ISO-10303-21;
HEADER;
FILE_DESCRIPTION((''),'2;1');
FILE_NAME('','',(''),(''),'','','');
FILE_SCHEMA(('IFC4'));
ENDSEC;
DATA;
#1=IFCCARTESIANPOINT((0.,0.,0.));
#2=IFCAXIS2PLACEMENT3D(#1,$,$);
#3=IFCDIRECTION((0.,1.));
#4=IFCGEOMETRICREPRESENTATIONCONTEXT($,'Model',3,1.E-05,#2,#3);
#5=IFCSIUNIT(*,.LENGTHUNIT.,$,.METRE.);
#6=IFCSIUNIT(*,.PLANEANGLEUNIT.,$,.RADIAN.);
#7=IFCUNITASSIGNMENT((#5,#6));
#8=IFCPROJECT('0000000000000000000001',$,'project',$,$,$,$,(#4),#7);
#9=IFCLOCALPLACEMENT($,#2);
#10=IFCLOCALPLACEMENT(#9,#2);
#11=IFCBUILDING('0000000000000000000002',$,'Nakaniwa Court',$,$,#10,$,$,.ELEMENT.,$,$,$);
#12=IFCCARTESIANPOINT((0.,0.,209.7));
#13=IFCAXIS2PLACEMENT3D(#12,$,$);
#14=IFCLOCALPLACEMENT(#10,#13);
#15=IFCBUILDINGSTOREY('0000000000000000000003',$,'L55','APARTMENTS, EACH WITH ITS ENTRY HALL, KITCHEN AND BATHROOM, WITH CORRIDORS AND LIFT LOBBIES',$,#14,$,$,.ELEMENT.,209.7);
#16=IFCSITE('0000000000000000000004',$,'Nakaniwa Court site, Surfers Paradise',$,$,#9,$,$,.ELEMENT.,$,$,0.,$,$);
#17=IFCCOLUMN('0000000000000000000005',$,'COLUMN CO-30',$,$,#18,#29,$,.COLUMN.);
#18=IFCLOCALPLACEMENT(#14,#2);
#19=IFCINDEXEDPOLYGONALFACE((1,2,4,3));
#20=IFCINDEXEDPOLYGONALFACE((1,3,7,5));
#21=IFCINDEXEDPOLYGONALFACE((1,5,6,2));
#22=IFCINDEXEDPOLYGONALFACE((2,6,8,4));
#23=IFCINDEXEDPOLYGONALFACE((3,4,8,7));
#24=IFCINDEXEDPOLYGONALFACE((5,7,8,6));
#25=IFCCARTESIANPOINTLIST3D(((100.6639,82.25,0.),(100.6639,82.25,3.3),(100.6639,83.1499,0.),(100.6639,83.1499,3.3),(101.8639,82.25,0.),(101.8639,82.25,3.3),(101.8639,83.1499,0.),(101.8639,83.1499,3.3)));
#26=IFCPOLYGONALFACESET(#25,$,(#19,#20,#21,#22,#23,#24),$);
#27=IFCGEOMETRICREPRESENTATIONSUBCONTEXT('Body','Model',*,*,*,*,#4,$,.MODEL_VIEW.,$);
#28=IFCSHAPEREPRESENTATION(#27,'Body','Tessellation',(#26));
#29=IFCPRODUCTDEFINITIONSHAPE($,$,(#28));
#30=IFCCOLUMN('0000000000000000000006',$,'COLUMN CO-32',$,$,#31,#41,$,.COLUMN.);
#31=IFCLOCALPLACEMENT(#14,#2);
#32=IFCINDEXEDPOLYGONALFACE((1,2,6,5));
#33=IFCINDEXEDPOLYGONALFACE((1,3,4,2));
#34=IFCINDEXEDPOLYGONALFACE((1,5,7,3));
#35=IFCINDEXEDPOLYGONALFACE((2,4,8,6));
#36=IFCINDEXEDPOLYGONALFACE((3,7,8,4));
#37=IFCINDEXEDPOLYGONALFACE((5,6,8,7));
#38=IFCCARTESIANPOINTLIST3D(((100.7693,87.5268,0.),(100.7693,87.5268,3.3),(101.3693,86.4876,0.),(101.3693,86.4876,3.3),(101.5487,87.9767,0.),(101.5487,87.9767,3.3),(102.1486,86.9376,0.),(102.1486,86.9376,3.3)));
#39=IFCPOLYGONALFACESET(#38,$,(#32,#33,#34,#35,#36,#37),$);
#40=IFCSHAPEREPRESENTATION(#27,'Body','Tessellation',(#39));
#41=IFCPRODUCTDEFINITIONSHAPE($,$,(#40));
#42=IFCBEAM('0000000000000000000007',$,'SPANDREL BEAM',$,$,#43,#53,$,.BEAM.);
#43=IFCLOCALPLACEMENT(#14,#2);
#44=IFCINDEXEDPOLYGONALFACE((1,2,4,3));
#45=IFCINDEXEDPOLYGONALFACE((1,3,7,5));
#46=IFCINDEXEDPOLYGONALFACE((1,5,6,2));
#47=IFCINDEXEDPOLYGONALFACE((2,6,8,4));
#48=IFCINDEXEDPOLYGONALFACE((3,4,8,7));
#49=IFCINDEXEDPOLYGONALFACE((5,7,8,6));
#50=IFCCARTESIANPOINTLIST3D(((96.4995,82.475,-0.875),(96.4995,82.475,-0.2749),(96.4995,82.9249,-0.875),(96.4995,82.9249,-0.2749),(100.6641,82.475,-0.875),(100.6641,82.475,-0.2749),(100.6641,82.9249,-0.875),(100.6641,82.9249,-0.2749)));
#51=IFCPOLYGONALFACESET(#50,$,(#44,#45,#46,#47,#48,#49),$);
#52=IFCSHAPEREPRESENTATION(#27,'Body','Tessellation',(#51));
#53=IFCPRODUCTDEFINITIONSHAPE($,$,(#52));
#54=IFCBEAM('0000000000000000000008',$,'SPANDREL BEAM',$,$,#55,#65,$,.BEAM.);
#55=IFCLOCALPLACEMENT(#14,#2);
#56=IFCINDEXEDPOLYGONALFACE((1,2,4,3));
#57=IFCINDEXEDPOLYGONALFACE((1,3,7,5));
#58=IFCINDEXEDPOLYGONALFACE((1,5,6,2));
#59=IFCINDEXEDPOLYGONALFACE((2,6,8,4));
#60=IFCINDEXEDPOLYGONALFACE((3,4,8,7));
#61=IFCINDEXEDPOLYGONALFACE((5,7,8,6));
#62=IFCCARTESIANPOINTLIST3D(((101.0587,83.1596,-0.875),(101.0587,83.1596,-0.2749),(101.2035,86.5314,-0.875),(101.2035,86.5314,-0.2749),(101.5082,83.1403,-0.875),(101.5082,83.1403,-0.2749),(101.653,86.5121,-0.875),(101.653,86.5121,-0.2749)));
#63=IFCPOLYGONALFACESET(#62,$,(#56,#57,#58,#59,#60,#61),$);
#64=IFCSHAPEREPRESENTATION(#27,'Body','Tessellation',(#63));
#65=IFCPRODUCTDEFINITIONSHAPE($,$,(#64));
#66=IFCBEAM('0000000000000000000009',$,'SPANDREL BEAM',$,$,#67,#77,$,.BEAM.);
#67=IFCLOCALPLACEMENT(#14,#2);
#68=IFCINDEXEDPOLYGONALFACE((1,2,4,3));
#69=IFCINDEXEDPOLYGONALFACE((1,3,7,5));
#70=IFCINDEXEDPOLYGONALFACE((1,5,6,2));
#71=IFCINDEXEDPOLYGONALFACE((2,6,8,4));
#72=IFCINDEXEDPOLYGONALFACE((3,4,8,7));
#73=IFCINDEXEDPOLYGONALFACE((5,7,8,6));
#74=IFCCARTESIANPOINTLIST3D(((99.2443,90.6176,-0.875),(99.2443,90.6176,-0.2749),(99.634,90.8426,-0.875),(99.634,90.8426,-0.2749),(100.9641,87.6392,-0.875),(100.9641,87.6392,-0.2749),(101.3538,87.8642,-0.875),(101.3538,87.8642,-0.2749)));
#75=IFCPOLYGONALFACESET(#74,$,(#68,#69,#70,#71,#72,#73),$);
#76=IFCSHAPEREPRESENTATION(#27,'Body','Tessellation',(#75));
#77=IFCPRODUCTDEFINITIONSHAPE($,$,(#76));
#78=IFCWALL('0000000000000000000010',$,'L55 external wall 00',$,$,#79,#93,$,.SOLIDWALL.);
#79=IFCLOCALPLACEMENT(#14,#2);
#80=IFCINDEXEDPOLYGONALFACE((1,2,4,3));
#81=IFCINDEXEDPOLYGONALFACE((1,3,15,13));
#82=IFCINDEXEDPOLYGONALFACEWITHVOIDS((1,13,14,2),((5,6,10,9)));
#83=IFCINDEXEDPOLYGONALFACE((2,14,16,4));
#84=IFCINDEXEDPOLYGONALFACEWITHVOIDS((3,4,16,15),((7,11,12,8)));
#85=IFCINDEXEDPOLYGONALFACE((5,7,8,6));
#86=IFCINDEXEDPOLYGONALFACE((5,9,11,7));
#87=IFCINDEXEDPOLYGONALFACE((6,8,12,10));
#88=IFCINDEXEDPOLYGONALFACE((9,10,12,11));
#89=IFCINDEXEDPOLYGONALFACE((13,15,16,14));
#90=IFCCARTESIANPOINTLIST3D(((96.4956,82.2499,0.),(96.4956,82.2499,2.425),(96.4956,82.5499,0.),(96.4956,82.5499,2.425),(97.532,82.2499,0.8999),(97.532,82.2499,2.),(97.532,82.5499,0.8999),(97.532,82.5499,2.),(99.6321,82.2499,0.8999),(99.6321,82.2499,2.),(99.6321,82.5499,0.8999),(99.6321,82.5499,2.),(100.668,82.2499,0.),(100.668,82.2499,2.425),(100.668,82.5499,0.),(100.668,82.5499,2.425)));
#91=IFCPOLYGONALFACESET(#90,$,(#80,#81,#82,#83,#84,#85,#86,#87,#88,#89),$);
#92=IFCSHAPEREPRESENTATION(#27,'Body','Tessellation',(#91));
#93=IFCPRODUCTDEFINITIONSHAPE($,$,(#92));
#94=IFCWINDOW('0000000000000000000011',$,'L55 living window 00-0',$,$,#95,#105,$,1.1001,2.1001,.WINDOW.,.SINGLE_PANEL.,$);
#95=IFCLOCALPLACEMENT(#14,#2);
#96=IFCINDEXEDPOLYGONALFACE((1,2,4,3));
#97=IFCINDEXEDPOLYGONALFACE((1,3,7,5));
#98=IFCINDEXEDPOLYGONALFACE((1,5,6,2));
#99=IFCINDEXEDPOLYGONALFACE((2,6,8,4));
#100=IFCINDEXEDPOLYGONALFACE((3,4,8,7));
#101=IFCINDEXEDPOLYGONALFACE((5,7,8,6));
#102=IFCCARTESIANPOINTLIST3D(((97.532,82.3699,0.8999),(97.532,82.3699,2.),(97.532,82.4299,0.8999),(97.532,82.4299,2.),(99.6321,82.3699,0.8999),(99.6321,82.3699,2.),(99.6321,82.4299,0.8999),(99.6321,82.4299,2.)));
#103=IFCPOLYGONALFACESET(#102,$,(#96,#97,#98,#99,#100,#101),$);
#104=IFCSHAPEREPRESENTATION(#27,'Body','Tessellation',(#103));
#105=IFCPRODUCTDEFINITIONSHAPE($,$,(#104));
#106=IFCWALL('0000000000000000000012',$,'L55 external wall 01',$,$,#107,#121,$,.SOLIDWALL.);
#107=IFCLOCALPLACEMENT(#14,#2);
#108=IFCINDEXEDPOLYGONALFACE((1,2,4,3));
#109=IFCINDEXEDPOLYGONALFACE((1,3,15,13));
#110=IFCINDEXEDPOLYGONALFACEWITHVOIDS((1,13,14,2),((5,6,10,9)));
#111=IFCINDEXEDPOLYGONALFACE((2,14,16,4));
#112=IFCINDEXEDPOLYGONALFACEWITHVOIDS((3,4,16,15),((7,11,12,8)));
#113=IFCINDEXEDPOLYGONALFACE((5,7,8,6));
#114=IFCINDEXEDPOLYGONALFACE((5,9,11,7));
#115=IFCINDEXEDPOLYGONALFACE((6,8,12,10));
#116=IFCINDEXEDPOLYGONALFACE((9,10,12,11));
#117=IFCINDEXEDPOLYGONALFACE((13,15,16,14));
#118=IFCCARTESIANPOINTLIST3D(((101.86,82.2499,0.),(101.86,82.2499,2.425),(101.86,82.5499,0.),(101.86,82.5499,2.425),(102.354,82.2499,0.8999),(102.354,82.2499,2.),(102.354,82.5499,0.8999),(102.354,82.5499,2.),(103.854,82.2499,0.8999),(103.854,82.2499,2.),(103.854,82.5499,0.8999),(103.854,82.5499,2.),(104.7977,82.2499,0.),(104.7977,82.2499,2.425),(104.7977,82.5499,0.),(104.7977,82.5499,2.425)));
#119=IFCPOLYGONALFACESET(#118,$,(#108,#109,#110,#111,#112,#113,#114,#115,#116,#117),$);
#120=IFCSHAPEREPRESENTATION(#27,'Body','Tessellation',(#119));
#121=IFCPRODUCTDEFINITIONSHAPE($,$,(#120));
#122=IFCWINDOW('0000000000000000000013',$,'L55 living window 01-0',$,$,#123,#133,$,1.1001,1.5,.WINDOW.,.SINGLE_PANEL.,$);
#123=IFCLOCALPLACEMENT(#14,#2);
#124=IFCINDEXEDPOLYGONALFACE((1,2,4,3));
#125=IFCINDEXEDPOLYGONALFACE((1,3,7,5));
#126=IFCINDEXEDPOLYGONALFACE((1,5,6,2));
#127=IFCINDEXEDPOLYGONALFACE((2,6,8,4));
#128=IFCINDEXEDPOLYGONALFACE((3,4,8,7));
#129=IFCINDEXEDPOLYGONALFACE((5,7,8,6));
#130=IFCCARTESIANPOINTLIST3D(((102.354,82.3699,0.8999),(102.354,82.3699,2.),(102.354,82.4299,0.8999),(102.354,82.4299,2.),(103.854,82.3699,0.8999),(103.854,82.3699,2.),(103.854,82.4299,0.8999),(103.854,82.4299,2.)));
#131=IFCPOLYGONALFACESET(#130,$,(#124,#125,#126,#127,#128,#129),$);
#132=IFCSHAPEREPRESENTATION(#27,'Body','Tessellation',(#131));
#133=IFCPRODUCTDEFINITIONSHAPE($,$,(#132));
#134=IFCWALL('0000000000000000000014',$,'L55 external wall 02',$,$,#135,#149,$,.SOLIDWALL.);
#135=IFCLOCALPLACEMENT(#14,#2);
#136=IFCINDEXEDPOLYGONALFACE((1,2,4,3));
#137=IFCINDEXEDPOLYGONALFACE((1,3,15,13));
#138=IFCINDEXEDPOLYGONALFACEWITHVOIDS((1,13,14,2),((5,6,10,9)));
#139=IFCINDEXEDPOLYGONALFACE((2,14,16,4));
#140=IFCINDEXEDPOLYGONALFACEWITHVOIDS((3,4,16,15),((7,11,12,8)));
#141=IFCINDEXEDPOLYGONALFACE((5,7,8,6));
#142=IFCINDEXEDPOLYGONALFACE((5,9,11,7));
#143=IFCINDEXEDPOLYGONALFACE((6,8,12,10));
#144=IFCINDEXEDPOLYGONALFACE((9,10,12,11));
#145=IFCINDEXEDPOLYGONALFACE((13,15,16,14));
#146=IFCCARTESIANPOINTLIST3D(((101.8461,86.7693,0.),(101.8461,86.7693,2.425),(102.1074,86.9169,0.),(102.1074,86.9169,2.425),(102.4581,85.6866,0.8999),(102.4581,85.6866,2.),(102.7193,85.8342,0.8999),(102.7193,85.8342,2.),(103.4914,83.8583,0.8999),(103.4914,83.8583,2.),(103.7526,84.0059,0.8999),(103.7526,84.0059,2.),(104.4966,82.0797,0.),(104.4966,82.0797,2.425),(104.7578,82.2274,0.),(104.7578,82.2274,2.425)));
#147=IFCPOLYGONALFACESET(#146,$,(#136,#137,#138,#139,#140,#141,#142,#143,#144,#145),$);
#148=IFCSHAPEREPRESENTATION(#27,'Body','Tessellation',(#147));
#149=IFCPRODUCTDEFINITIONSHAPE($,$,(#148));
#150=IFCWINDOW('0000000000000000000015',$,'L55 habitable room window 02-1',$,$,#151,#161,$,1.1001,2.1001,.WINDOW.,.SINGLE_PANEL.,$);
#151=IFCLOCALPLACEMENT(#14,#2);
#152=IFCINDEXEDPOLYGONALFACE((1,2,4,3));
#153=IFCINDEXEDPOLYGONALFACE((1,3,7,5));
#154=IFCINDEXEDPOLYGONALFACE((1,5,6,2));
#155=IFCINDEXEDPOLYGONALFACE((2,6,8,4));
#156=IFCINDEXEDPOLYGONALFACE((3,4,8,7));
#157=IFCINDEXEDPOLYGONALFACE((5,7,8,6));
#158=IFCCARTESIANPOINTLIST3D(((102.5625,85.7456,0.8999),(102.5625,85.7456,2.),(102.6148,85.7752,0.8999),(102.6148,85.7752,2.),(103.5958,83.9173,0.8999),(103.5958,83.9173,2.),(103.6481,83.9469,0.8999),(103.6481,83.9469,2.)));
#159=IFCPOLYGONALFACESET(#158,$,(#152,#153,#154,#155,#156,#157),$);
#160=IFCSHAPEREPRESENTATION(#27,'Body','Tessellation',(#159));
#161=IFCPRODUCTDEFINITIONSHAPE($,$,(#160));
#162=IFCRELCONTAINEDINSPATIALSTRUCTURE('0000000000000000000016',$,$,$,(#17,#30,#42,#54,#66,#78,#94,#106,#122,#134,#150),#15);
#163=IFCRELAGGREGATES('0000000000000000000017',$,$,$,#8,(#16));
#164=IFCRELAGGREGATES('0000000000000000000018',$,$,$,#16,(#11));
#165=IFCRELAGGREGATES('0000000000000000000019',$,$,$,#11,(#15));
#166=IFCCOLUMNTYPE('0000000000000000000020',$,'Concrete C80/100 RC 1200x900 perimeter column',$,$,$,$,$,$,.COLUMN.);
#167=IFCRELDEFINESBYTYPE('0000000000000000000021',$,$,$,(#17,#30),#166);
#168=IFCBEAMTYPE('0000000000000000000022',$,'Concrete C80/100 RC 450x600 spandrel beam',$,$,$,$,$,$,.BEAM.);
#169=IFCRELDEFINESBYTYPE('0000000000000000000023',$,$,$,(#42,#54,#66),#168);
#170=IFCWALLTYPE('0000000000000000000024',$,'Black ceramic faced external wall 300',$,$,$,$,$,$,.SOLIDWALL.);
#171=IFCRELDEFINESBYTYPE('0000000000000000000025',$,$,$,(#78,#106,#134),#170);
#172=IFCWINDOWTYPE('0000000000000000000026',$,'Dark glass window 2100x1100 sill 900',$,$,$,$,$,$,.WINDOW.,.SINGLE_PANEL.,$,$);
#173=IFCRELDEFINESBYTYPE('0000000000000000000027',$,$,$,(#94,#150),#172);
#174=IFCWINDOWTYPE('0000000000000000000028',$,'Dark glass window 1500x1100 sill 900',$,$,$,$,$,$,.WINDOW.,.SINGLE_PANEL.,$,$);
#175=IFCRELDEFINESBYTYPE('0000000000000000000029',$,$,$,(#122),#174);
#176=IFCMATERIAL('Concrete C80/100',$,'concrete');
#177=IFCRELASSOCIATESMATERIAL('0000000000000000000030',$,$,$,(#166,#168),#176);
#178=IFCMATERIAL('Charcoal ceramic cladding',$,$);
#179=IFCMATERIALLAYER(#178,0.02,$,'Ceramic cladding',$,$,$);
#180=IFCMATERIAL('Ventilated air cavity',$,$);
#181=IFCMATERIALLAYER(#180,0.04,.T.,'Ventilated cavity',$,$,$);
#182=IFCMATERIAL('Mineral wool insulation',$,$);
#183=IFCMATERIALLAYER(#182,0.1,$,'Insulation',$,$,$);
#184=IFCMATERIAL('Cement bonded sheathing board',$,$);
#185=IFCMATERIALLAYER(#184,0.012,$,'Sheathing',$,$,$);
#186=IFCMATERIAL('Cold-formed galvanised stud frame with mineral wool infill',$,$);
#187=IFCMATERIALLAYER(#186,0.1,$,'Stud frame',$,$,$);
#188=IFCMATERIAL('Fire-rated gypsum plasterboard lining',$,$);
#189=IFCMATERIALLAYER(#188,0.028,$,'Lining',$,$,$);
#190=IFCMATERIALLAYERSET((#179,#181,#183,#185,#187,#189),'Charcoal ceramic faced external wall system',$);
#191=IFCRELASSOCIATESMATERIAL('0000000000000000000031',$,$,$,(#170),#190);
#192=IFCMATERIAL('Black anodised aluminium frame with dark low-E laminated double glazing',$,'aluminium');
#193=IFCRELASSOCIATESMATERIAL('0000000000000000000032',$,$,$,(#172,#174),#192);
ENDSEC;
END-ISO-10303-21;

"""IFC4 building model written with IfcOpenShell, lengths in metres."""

from ifc_helpers import new_model, si_unit, direction, frame, frame_2d, origin, origin_2d, place, context, subcontext, project, spatial, rectangle, extrude, material, layer, layer_set, material_profile, profile_set, type_object, element, fill, save


model = new_model("IFC4")

# Units and contexts
model_context = context("Model", 3, precision=1e-05, world=origin(), true_north=direction((0.0, 1.0)))
body_context = subcontext(model_context, "Body", "Model", "MODEL_VIEW")
ifc_project = project(units=[si_unit("LENGTHUNIT", "METRE"), si_unit("PLANEANGLEUNIT", "RADIAN")], contexts=[model_context])

# Site, building, storey
site_placement = place(None, origin())
site = spatial("IfcSite", under=ifc_project, at=site_placement, Name="Nakaniwa Court site, Surfers Paradise", CompositionType="ELEMENT", RefElevation=0.0)
building_placement = place(site_placement, origin())
building = spatial("IfcBuilding", under=site, at=building_placement, Name="Nakaniwa Court", CompositionType="ELEMENT")
storey_placement = place(building_placement, frame((0.0, 0.0, 209.7)))
storey = spatial("IfcBuildingStorey", under=building, at=storey_placement, Name="L55", Description="APARTMENTS, EACH WITH ITS ENTRY HALL, KITCHEN AND BATHROOM, WITH CORRIDORS AND LIFT LOBBIES", CompositionType="ELEMENT", Elevation=209.7)

# Columns
ifc_material_1 = material(Name="Concrete C80/100", Category="concrete")
ifc_material_profile_1 = material_profile(ifc_material_1, rectangle(XDim=1.2, YDim=0.8999, at=origin_2d()), Name="Concrete C80/100 RC 1200x900 perimeter column")
ifc_profile_set_1 = profile_set([ifc_material_profile_1], Name="Concrete C80/100")
column_type = type_object("IfcColumnType", Name="Concrete C80/100 RC 1200x900 perimeter column", PredefinedType="COLUMN", material=ifc_profile_set_1)
for number, where, z_axis, x_axis, name in (
    (1, (101.2639, 82.7, 0.0), (0.0, 0.0, 1.0), (1.0, 0.0, 0.0), "COLUMN CO-30"),
    (2, (101.459, 87.2322, 0.0), (0.0, 0.0, 1.0), (-0.5, 0.866025, 0.0), "COLUMN CO-32"),
):
    element("IfcColumn", number, at=place(storey_placement, frame(where, z_axis=z_axis, x_axis=x_axis)), inside=storey, type_object=column_type, Name=name, PredefinedType="COLUMN", context=body_context, shape_type="SweptSolid", body=[
        extrude(rectangle(XDim=1.2, YDim=0.8999, at=origin_2d()), origin(), (0.0, 0.0, 1.0), 3.3),
    ])

# Beams
ifc_material_profile_2 = material_profile(ifc_material_1, rectangle(XDim=0.45, YDim=0.6001, at=origin_2d()), Name="Concrete C80/100 RC 450x600 spandrel beam")
ifc_profile_set_2 = profile_set([ifc_material_profile_2], Name="Concrete C80/100")
beam_type = type_object("IfcBeamType", Name="Concrete C80/100 RC 450x600 spandrel beam", PredefinedType="BEAM", material=ifc_profile_set_2)
beam_1_placement = place(storey_placement, frame((96.4995, 82.7, -0.575), z_axis=(1.0, 0.0, 0.0), x_axis=(0.0, 1.0, 0.0)))
element("IfcBeam", 3, at=beam_1_placement, inside=storey, type_object=beam_type, Name="SPANDREL BEAM", PredefinedType="BEAM", context=body_context, shape_type="SweptSolid", body=[
    extrude(rectangle(XDim=0.45, YDim=0.6001, at=origin_2d()), origin(), (0.0, 0.0, 1.0), 4.1646),
])
beam_2_placement = place(storey_placement, frame((101.2834, 83.1499, -0.575), z_axis=(0.042897, 0.999079, 0.0), x_axis=(-0.999079, 0.042897, 0.0)))
element("IfcBeam", 4, at=beam_2_placement, inside=storey, type_object=beam_type, Name="SPANDREL BEAM", PredefinedType="BEAM", context=body_context, shape_type="SweptSolid", body=[
    extrude(rectangle(XDim=0.45, YDim=0.6001, at=origin_2d()), origin(), (0.0, 0.0, 1.0), 3.375),
])
beam_3_placement = place(storey_placement, frame((101.1589, 87.7517, -0.575), z_axis=(-0.500048, 0.865998, 0.0), x_axis=(-0.865998, -0.500048, 0.0)))
element("IfcBeam", 5, at=beam_3_placement, inside=storey, type_object=beam_type, Name="SPANDREL BEAM", PredefinedType="BEAM", context=body_context, shape_type="SweptSolid", body=[
    extrude(rectangle(XDim=0.45, YDim=0.6001, at=origin_2d()), origin(), (0.0, 0.0, 1.0), 3.4392),
])

# Walls, openings, windows
ifc_material_2 = material(Name="Charcoal ceramic cladding")
ifc_layer_1 = layer(ifc_material_2, 0.02, Name="Ceramic cladding")
ifc_material_3 = material(Name="Ventilated air cavity")
ifc_layer_2 = layer(ifc_material_3, 0.04, ventilated=True, Name="Ventilated cavity")
ifc_material_4 = material(Name="Mineral wool insulation")
ifc_layer_3 = layer(ifc_material_4, 0.1, Name="Insulation")
ifc_material_5 = material(Name="Cement bonded sheathing board")
ifc_layer_4 = layer(ifc_material_5, 0.012, Name="Sheathing")
ifc_material_6 = material(Name="Cold-formed galvanised stud frame with mineral wool infill")
ifc_layer_5 = layer(ifc_material_6, 0.1, Name="Stud frame")
ifc_material_7 = material(Name="Fire-rated gypsum plasterboard lining")
ifc_layer_6 = layer(ifc_material_7, 0.028, Name="Lining")
ifc_layer_set_1 = layer_set([ifc_layer_1, ifc_layer_2, ifc_layer_3, ifc_layer_4, ifc_layer_5, ifc_layer_6], Name="Charcoal ceramic faced external wall system")
wall_type_1 = type_object("IfcWallType", Name="Black ceramic faced external wall 300", PredefinedType="SOLIDWALL", material=ifc_layer_set_1)
wall_1_placement = place(storey_placement, frame((96.4956, 82.3999, 0.0), z_axis=(0.0, 0.0, 1.0), x_axis=(1.0, 0.0, 0.0)))
wall_1 = element("IfcWall", 6, at=wall_1_placement, inside=storey, type_object=wall_type_1, Name="L55 external wall 00", PredefinedType="SOLIDWALL", context=body_context, shape_type="SweptSolid", body=[
    extrude(rectangle(XDim=4.1724, YDim=0.3, at=frame_2d((2.0862, 0.0))), origin(), (0.0, 0.0, 1.0), 2.425),
])
opening_1_placement = place(wall_1_placement, frame((1.0364, 0.0, 0.8999)))
opening_1 = element("IfcOpeningElement", 7, at=opening_1_placement, cuts=wall_1, PredefinedType="OPENING", context=body_context, shape_type="SweptSolid", body=[
    extrude(rectangle(XDim=2.1001, YDim=1.1001, at=frame_2d((1.05, 0.55))), frame((0.0, 0.1599, 0.0), z_axis=(0.0, -1.0, 0.0), x_axis=(1.0, 0.0, 0.0)), (0.0, 0.0, 1.0), 0.3201),
])
ifc_material_8 = material(Name="Black anodised aluminium frame with dark low-E laminated double glazing", Category="aluminium")
window_type_1 = type_object("IfcWindowType", Name="Dark glass window 2100x1100 sill 900", PartitioningType="SINGLE_PANEL", PredefinedType="WINDOW", material=ifc_material_8)
window_1_placement = place(opening_1_placement, origin())
window_1 = element("IfcWindow", 8, at=window_1_placement, inside=storey, type_object=window_type_1, Name="L55 living window 00-0", OverallHeight=1.1001, OverallWidth=2.1001, PartitioningType="SINGLE_PANEL", PredefinedType="WINDOW", context=body_context, shape_type="SweptSolid", body=[
    extrude(rectangle(XDim=2.1001, YDim=1.1001, at=frame_2d((1.05, 0.55))), frame((0.0, 0.03, 0.0), z_axis=(0.0, -1.0, 0.0), x_axis=(1.0, 0.0, 0.0)), (0.0, 0.0, 1.0), 0.0601),
])
fill(opening_1, window_1)
wall_2_placement = place(storey_placement, frame((101.8601, 82.3999, 0.0), z_axis=(0.0, 0.0, 1.0), x_axis=(1.0, 0.0, 0.0)))
wall_2 = element("IfcWall", 9, at=wall_2_placement, inside=storey, type_object=wall_type_1, Name="L55 external wall 01", PredefinedType="SOLIDWALL", context=body_context, shape_type="SweptSolid", body=[
    extrude(rectangle(XDim=2.9377, YDim=0.3, at=frame_2d((1.4688, 0.0))), origin(), (0.0, 0.0, 1.0), 2.425),
])
opening_2_placement = place(wall_2_placement, frame((0.4939, 0.0, 0.8999)))
opening_2 = element("IfcOpeningElement", 10, at=opening_2_placement, cuts=wall_2, PredefinedType="OPENING", context=body_context, shape_type="SweptSolid", body=[
    extrude(rectangle(XDim=1.5, YDim=1.1001, at=frame_2d((0.75, 0.55))), frame((0.0, 0.1599, 0.0), z_axis=(0.0, -1.0, 0.0), x_axis=(1.0, 0.0, 0.0)), (0.0, 0.0, 1.0), 0.3201),
])
window_type_2 = type_object("IfcWindowType", Name="Dark glass window 1500x1100 sill 900", PartitioningType="SINGLE_PANEL", PredefinedType="WINDOW", material=ifc_material_8)
window_2_placement = place(opening_2_placement, origin())
window_2 = element("IfcWindow", 11, at=window_2_placement, inside=storey, type_object=window_type_2, Name="L55 living window 01-0", OverallHeight=1.1001, OverallWidth=1.5, PartitioningType="SINGLE_PANEL", PredefinedType="WINDOW", context=body_context, shape_type="SweptSolid", body=[
    extrude(rectangle(XDim=1.5, YDim=1.1001, at=frame_2d((0.75, 0.55))), frame((0.0, 0.03, 0.0), z_axis=(0.0, -1.0, 0.0), x_axis=(1.0, 0.0, 0.0)), (0.0, 0.0, 1.0), 0.0601),
])
fill(opening_2, window_2)
wall_3_placement = place(storey_placement, frame((104.6272, 82.1536, 0.0), z_axis=(0.0, 0.0, 1.0), x_axis=(-0.492033, 0.870576, 0.0)))
wall_3 = element("IfcWall", 12, at=wall_3_placement, inside=storey, type_object=wall_type_1, Name="L55 external wall 02", PredefinedType="SOLIDWALL", context=body_context, shape_type="SweptSolid", body=[
    extrude(rectangle(XDim=5.3867, YDim=0.3, at=frame_2d((2.6934, 0.0))), origin(), (0.0, 0.0, 1.0), 2.425),
])
opening_3_placement = place(wall_3_placement, frame((2.043, 0.0, 0.8999)))
opening_3 = element("IfcOpeningElement", 13, at=opening_3_placement, cuts=wall_3, PredefinedType="OPENING", context=body_context, shape_type="SweptSolid", body=[
    extrude(rectangle(XDim=2.1001, YDim=1.1001, at=frame_2d((1.05, 0.55))), frame((0.0, 0.1599, 0.0), z_axis=(0.0, -1.0, 0.0), x_axis=(1.0, 0.0, 0.0)), (0.0, 0.0, 1.0), 0.3201),
])
window_3_placement = place(opening_3_placement, origin())
window_3 = element("IfcWindow", 14, at=window_3_placement, inside=storey, type_object=window_type_1, Name="L55 habitable room window 02-1", OverallHeight=1.1001, OverallWidth=2.1001, PartitioningType="SINGLE_PANEL", PredefinedType="WINDOW", context=body_context, shape_type="SweptSolid", body=[
    extrude(rectangle(XDim=2.1001, YDim=1.1001, at=frame_2d((1.05, 0.55))), frame((0.0, 0.03, 0.0), z_axis=(0.0, -1.0, 0.0), x_axis=(1.0, 0.0, 0.0)), (0.0, 0.0, 1.0), 0.0601),
])
fill(opening_3, window_3)

save(model, "model.ifc")
